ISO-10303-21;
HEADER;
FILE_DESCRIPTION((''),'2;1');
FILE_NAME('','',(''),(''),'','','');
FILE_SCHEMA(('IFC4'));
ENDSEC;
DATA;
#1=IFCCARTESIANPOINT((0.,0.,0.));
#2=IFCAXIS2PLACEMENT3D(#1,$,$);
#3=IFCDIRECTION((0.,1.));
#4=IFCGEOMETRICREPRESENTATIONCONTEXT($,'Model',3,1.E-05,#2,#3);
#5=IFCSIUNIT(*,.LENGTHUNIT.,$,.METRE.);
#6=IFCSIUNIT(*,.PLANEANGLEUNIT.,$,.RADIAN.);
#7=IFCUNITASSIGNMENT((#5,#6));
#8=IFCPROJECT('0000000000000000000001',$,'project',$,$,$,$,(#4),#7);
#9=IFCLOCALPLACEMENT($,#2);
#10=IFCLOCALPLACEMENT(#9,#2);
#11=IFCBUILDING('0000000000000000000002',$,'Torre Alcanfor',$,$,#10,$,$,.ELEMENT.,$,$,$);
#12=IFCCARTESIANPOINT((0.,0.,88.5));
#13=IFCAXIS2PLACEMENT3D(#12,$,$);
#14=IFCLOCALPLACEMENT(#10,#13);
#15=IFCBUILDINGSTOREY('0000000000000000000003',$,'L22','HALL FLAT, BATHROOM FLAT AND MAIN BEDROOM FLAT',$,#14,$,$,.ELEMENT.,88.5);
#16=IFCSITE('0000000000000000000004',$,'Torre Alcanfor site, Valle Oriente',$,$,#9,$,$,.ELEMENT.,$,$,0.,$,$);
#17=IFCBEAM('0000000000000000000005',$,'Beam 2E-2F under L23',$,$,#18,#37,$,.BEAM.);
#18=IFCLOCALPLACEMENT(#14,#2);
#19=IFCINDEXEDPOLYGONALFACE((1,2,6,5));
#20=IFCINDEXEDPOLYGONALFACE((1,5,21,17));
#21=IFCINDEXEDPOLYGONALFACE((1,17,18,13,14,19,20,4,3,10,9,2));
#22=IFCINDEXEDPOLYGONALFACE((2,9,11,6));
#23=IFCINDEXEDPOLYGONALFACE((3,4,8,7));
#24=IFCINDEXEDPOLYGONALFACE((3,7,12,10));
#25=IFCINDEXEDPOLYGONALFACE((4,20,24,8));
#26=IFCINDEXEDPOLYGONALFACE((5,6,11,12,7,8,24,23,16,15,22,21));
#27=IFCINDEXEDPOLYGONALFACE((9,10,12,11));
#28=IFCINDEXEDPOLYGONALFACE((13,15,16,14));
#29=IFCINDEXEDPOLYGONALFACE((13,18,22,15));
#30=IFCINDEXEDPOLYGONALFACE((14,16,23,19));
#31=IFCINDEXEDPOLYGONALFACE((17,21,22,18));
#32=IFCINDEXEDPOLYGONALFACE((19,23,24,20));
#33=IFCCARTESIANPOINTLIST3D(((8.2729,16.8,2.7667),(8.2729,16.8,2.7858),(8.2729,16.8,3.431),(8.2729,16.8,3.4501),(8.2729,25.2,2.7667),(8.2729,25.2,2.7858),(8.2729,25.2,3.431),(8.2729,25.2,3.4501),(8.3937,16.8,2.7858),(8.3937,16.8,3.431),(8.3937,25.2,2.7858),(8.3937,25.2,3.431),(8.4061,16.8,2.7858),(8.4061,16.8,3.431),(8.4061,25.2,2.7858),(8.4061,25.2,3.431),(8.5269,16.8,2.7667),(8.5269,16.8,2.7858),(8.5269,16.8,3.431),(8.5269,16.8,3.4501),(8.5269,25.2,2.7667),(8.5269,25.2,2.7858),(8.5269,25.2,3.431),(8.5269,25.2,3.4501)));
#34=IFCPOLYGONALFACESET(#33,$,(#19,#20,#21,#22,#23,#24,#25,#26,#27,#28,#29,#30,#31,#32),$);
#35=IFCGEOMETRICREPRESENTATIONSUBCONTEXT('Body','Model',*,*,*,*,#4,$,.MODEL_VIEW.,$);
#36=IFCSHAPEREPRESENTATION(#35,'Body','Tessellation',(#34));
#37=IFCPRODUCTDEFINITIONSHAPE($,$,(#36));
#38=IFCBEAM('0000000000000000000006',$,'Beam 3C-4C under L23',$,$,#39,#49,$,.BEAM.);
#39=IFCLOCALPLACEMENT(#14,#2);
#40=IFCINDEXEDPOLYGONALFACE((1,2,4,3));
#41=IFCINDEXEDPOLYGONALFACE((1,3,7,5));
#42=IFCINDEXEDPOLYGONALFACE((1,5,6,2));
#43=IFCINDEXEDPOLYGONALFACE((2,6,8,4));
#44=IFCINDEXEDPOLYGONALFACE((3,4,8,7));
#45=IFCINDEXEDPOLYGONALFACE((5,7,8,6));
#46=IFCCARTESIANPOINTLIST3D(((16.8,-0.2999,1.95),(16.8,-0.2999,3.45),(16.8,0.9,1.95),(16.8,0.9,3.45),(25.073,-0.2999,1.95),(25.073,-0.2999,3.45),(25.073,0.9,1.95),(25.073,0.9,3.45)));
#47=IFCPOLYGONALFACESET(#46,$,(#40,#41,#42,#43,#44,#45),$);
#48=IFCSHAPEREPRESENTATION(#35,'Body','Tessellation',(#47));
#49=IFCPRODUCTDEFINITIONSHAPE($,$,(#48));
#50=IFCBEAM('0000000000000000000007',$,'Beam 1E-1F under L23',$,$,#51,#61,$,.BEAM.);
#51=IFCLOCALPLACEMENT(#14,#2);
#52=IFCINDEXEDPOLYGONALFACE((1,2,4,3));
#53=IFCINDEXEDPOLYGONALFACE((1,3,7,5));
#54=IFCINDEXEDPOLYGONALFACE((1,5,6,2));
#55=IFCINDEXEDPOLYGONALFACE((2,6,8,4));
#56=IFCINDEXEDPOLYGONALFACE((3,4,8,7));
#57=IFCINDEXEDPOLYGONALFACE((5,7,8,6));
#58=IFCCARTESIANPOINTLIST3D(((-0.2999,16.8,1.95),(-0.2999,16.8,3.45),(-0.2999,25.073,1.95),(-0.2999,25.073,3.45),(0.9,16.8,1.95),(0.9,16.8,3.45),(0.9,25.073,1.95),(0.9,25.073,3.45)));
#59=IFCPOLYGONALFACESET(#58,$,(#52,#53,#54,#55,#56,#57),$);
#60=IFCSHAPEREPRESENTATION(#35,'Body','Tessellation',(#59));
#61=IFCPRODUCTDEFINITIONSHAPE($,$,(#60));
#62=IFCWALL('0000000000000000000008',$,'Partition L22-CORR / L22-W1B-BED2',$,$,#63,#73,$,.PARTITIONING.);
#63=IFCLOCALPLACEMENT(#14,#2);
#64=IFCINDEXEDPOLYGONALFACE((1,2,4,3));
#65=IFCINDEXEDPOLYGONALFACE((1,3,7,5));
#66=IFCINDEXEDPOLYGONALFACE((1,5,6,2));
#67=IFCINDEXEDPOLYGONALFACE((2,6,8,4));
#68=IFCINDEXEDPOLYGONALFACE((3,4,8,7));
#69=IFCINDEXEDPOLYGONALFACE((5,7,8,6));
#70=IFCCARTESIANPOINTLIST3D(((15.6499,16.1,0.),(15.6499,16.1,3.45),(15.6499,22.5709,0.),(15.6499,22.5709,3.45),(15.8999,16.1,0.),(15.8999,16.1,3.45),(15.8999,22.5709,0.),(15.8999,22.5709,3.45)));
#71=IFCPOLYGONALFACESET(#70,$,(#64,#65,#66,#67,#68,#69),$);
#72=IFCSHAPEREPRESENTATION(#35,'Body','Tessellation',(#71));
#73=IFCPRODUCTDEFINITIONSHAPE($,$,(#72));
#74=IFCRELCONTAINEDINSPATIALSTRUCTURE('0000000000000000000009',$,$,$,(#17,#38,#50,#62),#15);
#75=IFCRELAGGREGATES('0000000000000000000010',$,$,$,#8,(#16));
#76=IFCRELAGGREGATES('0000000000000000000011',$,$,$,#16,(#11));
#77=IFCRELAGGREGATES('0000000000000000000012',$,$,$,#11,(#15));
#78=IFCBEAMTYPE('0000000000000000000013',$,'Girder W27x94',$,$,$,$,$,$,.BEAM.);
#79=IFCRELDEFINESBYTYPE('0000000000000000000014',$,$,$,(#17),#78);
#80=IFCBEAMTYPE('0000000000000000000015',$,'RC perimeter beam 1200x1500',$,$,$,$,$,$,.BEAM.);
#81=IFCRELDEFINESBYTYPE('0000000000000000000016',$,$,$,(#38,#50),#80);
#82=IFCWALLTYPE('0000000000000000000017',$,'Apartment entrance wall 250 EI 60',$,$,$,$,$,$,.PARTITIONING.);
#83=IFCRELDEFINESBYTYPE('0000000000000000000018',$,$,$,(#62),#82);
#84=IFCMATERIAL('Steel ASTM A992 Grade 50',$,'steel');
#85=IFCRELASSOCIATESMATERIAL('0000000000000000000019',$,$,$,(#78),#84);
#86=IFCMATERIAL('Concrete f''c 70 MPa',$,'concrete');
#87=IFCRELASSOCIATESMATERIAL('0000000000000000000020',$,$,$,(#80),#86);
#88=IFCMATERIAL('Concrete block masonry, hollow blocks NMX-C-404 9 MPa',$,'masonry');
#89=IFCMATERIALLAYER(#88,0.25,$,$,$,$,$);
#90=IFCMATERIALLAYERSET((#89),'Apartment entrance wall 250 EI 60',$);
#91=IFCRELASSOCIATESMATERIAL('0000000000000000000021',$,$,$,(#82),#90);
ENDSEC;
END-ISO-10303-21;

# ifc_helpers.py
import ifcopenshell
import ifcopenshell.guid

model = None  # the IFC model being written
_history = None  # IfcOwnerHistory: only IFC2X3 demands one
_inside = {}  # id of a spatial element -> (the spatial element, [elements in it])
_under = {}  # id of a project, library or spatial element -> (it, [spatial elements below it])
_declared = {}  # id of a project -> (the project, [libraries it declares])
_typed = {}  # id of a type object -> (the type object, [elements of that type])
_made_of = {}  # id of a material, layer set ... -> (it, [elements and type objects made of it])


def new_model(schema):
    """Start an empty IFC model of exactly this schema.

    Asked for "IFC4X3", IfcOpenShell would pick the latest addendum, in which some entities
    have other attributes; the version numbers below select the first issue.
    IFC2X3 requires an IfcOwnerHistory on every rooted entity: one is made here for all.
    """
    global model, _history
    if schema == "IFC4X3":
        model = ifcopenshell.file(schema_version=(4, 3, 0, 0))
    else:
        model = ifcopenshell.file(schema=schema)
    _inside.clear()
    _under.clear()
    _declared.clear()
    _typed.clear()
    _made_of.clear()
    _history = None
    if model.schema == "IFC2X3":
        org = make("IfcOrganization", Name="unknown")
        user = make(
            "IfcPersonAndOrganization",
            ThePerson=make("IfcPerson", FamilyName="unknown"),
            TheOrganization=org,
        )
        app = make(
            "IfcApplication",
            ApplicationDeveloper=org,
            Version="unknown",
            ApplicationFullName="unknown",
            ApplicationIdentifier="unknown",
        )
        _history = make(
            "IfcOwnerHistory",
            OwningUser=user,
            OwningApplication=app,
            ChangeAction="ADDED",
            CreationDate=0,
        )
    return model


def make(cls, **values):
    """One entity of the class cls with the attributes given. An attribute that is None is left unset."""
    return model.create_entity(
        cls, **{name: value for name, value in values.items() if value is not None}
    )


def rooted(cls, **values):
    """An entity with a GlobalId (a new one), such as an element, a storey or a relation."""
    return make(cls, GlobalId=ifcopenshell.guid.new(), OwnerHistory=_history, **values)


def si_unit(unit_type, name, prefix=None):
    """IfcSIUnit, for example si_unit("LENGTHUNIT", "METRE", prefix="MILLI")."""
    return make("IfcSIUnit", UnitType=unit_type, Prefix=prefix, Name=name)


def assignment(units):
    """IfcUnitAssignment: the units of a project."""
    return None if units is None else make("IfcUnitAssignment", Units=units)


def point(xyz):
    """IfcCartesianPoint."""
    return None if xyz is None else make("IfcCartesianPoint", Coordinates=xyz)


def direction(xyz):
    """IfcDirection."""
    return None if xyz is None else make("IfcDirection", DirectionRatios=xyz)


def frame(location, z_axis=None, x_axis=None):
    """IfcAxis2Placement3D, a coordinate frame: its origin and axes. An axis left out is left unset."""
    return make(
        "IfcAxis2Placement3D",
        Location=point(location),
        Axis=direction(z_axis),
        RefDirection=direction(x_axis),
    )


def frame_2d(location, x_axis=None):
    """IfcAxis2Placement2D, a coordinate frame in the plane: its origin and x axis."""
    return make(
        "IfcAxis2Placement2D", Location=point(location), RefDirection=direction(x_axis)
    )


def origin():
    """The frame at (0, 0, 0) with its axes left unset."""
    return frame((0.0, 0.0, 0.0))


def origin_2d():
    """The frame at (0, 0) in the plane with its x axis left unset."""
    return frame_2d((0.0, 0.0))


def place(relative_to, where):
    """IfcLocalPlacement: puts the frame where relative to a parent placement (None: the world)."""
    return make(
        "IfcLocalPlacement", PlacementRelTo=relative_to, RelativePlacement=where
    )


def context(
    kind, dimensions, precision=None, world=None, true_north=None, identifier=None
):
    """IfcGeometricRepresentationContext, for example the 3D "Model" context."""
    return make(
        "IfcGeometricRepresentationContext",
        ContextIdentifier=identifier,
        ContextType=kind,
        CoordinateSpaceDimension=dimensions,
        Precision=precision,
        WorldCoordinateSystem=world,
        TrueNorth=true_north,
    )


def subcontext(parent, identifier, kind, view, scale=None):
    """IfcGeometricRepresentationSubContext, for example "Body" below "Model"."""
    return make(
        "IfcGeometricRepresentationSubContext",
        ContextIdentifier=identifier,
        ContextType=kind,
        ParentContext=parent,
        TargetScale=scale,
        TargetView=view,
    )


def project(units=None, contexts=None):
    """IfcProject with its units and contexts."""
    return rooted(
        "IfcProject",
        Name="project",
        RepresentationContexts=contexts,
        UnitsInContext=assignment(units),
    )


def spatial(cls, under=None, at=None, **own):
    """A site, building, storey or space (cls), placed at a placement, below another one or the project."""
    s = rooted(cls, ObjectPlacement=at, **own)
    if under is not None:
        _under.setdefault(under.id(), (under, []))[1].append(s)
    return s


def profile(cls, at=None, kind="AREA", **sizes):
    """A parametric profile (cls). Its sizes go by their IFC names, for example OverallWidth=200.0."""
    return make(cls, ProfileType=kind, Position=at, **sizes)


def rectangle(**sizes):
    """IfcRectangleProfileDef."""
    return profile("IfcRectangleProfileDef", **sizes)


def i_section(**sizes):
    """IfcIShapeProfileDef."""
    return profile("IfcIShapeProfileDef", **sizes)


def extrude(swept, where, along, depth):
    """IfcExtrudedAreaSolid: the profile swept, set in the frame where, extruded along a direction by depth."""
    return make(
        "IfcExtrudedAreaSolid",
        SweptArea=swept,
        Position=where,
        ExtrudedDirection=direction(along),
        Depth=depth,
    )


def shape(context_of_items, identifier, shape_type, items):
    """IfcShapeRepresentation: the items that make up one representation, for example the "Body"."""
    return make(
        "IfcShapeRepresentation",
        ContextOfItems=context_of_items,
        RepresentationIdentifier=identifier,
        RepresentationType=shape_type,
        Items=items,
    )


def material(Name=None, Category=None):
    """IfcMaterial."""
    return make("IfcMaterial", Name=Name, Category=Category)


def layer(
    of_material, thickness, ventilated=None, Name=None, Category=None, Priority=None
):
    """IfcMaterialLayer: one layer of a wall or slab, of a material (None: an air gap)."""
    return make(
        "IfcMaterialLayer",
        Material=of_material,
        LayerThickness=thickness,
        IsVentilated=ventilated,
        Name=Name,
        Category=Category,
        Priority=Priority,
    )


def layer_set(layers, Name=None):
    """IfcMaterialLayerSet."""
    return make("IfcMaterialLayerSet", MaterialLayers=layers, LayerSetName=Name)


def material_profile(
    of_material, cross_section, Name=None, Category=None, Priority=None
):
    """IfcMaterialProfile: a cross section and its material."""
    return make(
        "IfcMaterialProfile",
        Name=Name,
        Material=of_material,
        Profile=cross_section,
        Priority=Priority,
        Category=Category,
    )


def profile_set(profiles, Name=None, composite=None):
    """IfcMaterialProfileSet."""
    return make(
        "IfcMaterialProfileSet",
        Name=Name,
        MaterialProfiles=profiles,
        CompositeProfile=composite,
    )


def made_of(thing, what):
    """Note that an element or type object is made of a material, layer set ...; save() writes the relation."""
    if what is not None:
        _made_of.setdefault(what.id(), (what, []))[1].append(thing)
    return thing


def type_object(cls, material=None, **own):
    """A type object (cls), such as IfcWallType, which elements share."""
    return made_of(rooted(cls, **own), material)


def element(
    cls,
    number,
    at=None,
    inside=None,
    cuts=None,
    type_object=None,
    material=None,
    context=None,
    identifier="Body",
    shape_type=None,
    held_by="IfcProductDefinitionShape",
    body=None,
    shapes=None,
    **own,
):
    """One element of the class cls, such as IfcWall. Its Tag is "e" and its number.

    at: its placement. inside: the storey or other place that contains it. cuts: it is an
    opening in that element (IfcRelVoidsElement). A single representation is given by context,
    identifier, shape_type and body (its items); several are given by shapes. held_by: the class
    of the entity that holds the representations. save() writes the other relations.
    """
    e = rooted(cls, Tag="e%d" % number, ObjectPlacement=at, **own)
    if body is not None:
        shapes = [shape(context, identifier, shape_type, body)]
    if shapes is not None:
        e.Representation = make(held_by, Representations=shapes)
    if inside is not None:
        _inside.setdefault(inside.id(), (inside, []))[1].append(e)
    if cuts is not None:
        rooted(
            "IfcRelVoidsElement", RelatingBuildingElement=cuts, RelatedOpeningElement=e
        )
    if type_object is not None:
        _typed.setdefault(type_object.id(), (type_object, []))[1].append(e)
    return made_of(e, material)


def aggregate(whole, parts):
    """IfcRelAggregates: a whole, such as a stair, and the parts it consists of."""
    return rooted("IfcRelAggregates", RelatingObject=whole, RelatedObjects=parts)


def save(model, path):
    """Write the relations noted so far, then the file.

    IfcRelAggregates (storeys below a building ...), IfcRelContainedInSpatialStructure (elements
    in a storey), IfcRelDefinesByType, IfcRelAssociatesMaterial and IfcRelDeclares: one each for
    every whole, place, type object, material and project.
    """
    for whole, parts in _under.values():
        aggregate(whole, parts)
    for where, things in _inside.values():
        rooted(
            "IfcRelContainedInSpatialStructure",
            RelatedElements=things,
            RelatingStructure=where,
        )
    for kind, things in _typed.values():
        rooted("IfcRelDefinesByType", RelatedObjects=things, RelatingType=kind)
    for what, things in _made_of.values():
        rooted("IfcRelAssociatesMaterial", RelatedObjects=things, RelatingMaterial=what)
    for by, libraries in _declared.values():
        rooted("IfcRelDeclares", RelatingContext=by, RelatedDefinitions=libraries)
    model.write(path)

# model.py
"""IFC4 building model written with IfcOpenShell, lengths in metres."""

from ifc_helpers import new_model, si_unit, direction, frame, frame_2d, origin, origin_2d, place, context, subcontext, project, spatial, rectangle, i_section, extrude, material, layer, layer_set, material_profile, profile_set, type_object, element, save


model = new_model("IFC4")

# Units and contexts
model_context = context("Model", 3, precision=1e-05, world=origin(), true_north=direction((0.0, 1.0)))
body_context = subcontext(model_context, "Body", "Model", "MODEL_VIEW")
ifc_project = project(units=[si_unit("LENGTHUNIT", "METRE"), si_unit("PLANEANGLEUNIT", "RADIAN")], contexts=[model_context])

# Site, building, storey
site_placement = place(None, origin())
site = spatial("IfcSite", under=ifc_project, at=site_placement, Name="Torre Alcanfor site, Valle Oriente", CompositionType="ELEMENT", RefElevation=0.0)
building_placement = place(site_placement, origin())
building = spatial("IfcBuilding", under=site, at=building_placement, Name="Torre Alcanfor", CompositionType="ELEMENT")
storey_placement = place(building_placement, frame((0.0, 0.0, 88.5)))
storey = spatial("IfcBuildingStorey", under=building, at=storey_placement, Name="L22", Description="HALL FLAT, BATHROOM FLAT AND MAIN BEDROOM FLAT", CompositionType="ELEMENT", Elevation=88.5)

# Beams
ifc_material_1 = material(Name="Steel ASTM A992 Grade 50", Category="steel")
ifc_material_profile_1 = material_profile(ifc_material_1, i_section(OverallWidth=0.2539, OverallDepth=0.6833, WebThickness=0.0125, FlangeThickness=0.019, at=origin_2d()), Name="W27x94")
ifc_profile_set_1 = profile_set([ifc_material_profile_1], Name="Steel ASTM A992 Grade 50")
beam_type_1 = type_object("IfcBeamType", Name="Girder W27x94", PredefinedType="BEAM", material=ifc_profile_set_1)
for number, where, z_axis, x_axis, name in (
    (1, (8.3999, 16.8, 3.1084), (0.0, 1.0, 0.0), (-1.0, 0.0, 0.0), "Beam 2E-2F under L23"),
):
    element("IfcBeam", number, at=place(storey_placement, frame(where, z_axis=z_axis, x_axis=x_axis)), inside=storey, type_object=beam_type_1, Name=name, PredefinedType="BEAM", context=body_context, shape_type="SweptSolid", body=[
        extrude(i_section(OverallWidth=0.2539, OverallDepth=0.6833, WebThickness=0.0125, FlangeThickness=0.019, at=origin_2d()), origin(), (0.0, 0.0, 1.0), 8.3999),
    ])
ifc_material_2 = material(Name="Concrete f'c 70 MPa", Category="concrete")
ifc_material_profile_2 = material_profile(ifc_material_2, rectangle(XDim=1.2, YDim=1.5, at=origin_2d()), Name="1200x1500")
ifc_profile_set_2 = profile_set([ifc_material_profile_2], Name="Concrete f'c 70 MPa")
beam_type_2 = type_object("IfcBeamType", Name="RC perimeter beam 1200x1500", PredefinedType="BEAM", material=ifc_profile_set_2)
for number, where, z_axis, x_axis, name in (
    (2, (16.8, 0.3, 2.7), (1.0, 0.0, 0.0), (0.0, 1.0, 0.0), "Beam 3C-4C under L23"),
    (3, (0.3, 16.8, 2.7), (0.0, 1.0, 0.0), (-1.0, 0.0, 0.0), "Beam 1E-1F under L23"),
):
    element("IfcBeam", number, at=place(storey_placement, frame(where, z_axis=z_axis, x_axis=x_axis)), inside=storey, type_object=beam_type_2, Name=name, PredefinedType="BEAM", context=body_context, shape_type="SweptSolid", body=[
        extrude(rectangle(XDim=1.2, YDim=1.5, at=origin_2d()), origin(), (0.0, 0.0, 1.0), 8.2729),
    ])

# Wall
ifc_material_3 = material(Name="Concrete block masonry, hollow blocks NMX-C-404 9 MPa", Category="masonry")
ifc_layer_1 = layer(ifc_material_3, 0.25)
ifc_layer_set_1 = layer_set([ifc_layer_1], Name="Apartment entrance wall 250 EI 60")
wall_type_1 = type_object("IfcWallType", Name="Apartment entrance wall 250 EI 60", PredefinedType="PARTITIONING", material=ifc_layer_set_1)
wall_1_placement = place(storey_placement, frame((15.7749, 16.1001, 0.0), z_axis=(0.0, 0.0, 1.0), x_axis=(0.0, 1.0, 0.0)))
element("IfcWall", 4, at=wall_1_placement, inside=storey, type_object=wall_type_1, Name="Partition L22-CORR / L22-W1B-BED2", PredefinedType="PARTITIONING", context=body_context, shape_type="SweptSolid", body=[
    extrude(rectangle(XDim=6.4709, YDim=0.25, at=frame_2d((3.2354, 0.0))), origin(), (0.0, 0.0, 1.0), 3.45),
])

save(model, "model.ifc")
